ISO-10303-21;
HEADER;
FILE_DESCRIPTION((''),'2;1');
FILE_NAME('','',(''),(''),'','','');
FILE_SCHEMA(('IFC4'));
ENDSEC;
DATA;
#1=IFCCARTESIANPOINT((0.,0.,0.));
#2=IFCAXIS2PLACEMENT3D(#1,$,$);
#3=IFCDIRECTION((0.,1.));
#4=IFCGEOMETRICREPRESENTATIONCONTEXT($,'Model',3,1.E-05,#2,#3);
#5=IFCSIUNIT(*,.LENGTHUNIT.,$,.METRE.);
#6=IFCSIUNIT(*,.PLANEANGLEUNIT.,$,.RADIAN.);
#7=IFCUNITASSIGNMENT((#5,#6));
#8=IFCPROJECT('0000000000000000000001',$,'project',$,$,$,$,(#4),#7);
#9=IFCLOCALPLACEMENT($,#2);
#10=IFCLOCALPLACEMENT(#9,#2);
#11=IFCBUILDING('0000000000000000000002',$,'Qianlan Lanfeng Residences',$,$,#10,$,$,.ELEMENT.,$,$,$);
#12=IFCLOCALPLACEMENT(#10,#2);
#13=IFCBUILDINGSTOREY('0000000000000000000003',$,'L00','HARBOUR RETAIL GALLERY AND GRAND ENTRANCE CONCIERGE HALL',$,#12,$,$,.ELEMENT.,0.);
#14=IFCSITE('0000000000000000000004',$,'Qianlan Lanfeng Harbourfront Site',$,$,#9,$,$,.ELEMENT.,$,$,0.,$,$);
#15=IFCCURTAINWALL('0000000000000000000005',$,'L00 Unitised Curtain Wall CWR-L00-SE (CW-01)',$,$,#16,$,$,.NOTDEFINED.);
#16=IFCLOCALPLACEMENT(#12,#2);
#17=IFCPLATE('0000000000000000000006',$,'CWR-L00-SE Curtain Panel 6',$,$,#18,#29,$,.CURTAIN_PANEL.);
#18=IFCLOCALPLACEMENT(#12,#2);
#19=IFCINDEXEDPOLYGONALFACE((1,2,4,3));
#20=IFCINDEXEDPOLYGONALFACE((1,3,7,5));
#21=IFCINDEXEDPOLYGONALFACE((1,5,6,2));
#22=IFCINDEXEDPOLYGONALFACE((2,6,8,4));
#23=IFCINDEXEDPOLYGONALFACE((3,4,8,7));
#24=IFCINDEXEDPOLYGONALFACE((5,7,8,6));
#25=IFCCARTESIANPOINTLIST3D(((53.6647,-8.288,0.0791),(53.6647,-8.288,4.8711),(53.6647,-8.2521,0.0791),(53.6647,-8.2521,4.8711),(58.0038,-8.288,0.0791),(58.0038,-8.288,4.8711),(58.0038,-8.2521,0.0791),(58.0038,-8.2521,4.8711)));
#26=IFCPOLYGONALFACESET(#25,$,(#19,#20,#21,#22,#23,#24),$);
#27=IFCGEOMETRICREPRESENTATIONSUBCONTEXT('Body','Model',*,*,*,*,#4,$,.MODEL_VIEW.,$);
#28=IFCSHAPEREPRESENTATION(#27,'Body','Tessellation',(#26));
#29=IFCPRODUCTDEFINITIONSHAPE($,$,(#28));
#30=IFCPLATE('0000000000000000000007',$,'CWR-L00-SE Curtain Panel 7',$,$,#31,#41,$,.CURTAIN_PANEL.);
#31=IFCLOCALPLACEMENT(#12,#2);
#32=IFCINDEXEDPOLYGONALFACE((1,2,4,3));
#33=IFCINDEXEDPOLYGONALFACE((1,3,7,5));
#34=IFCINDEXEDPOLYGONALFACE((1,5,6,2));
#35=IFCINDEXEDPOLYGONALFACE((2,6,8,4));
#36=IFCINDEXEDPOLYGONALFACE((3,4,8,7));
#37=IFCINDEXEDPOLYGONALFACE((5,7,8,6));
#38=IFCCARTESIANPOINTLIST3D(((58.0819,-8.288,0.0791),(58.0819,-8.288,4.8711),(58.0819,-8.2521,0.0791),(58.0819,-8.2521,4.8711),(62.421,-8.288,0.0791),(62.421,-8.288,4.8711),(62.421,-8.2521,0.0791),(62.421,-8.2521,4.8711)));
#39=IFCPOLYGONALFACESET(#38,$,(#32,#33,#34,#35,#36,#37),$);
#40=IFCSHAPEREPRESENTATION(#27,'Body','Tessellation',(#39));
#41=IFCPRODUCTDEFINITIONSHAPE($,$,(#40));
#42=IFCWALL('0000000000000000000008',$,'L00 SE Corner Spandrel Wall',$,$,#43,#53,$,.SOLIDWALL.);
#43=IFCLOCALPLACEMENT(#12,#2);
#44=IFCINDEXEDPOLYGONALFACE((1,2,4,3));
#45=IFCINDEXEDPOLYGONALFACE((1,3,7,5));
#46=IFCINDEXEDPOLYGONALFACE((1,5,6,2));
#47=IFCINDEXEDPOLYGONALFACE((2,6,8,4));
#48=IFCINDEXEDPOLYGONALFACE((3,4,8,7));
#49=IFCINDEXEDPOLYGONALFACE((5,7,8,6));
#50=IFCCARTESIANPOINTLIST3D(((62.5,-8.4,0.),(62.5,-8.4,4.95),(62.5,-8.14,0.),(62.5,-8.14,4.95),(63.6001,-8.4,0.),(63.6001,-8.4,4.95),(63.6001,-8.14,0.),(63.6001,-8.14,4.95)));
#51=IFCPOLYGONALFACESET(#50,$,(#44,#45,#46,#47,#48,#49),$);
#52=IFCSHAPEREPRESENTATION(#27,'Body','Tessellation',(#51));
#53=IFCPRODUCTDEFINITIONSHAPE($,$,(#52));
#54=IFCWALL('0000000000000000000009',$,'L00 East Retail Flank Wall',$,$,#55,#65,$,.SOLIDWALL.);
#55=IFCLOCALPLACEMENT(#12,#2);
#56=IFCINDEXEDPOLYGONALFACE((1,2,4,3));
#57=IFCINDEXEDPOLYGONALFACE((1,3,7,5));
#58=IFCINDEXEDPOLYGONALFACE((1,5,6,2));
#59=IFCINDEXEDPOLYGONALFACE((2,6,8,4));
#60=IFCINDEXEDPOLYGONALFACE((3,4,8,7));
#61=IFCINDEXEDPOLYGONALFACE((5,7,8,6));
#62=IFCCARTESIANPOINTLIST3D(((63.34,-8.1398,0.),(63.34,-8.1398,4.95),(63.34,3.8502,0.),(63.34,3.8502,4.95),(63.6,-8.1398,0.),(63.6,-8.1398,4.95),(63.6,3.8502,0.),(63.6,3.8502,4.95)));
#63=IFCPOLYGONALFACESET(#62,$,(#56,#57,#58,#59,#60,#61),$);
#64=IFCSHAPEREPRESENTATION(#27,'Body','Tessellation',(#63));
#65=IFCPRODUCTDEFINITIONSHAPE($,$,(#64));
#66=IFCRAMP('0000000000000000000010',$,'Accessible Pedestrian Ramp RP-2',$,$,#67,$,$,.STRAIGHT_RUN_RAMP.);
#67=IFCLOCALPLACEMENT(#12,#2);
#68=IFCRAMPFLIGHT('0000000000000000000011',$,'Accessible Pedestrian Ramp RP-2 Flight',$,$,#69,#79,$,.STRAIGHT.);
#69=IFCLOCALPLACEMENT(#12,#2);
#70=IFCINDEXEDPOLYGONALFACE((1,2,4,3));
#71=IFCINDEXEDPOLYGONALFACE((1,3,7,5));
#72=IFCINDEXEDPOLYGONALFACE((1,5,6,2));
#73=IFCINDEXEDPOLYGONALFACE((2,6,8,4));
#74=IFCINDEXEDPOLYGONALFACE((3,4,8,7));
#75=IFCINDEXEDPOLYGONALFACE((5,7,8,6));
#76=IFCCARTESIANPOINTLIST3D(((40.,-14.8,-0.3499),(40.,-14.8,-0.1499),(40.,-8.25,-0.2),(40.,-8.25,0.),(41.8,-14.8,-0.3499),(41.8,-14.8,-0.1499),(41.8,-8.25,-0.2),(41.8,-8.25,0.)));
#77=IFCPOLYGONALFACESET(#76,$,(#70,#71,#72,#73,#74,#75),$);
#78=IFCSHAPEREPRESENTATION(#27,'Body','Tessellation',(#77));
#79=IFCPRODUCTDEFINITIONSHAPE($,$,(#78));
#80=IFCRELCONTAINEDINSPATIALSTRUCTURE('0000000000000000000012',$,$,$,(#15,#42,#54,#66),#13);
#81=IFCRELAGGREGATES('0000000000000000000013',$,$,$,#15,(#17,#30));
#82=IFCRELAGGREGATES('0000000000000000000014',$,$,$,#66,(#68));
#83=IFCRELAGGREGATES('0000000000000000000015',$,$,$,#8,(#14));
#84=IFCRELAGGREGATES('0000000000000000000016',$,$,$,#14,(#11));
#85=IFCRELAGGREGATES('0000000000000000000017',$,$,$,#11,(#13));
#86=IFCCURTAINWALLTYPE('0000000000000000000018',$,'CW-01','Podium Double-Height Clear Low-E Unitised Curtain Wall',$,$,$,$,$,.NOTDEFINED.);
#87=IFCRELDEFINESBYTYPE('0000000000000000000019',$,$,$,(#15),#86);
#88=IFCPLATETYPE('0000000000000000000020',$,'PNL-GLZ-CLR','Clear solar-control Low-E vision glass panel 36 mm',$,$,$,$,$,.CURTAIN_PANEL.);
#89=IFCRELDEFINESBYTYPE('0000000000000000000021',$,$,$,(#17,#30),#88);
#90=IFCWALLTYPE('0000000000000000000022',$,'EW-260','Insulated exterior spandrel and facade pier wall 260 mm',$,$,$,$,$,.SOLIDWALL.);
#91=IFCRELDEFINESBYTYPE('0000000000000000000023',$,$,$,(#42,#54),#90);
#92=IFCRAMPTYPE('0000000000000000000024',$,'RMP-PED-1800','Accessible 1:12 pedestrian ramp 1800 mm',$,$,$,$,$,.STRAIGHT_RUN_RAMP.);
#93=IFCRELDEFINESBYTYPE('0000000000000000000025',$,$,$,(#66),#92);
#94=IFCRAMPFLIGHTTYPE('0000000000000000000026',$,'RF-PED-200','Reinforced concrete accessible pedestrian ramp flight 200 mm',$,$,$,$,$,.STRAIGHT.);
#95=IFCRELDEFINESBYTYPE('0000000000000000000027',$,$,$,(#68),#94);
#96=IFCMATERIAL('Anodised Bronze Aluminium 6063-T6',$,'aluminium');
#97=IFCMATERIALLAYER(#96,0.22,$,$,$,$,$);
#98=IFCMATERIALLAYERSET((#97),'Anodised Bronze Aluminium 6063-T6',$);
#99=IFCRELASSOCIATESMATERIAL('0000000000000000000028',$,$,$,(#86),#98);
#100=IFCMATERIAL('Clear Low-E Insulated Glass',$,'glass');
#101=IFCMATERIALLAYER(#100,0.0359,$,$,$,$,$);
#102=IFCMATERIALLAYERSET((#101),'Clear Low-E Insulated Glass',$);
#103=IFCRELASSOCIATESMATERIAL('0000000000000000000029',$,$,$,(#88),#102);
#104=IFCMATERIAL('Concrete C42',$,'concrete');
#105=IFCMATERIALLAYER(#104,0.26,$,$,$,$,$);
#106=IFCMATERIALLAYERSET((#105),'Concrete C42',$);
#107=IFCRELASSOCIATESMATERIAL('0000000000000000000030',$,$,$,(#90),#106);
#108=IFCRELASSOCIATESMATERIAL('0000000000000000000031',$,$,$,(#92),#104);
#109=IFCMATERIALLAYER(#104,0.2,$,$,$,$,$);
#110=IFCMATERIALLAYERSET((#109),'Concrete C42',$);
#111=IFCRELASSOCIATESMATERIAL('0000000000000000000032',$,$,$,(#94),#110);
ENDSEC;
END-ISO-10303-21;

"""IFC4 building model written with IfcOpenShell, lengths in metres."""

from ifc_helpers import new_model, si_unit, direction, frame, frame_2d, origin, origin_2d, place, context, subcontext, project, spatial, polyline, rectangle, outline, extrude, source, transform, mapped, material, layer, layer_set, type_object, element, aggregate, save


model = new_model("IFC4")

# Units and contexts
model_context = context("Model", 3, precision=1e-05, world=origin(), true_north=direction((0.0, 1.0)))
body_context = subcontext(model_context, "Body", "Model", "MODEL_VIEW")
ifc_project = project(units=[si_unit("LENGTHUNIT", "METRE"), si_unit("PLANEANGLEUNIT", "RADIAN")], contexts=[model_context])

# Site, building, storey
site_placement = place(None, origin())
site = spatial("IfcSite", under=ifc_project, at=site_placement, Name="Qianlan Lanfeng Harbourfront Site", CompositionType="ELEMENT", RefElevation=0.0)
building_placement = place(site_placement, origin())
building = spatial("IfcBuilding", under=site, at=building_placement, Name="Qianlan Lanfeng Residences", CompositionType="ELEMENT")
storey_placement = place(building_placement, origin())
storey = spatial("IfcBuildingStorey", under=building, at=storey_placement, Name="L00", Description="HARBOUR RETAIL GALLERY AND GRAND ENTRANCE CONCIERGE HALL", CompositionType="ELEMENT", Elevation=0.0)

# Curtain wall, plates
ifc_material_1 = material(Name="Anodised Bronze Aluminium 6063-T6", Category="aluminium")
ifc_layer_1 = layer(ifc_material_1, 0.22)
ifc_layer_set_1 = layer_set([ifc_layer_1], Name="Anodised Bronze Aluminium 6063-T6")
curtain_wall_type = type_object("IfcCurtainWallType", Name="CW-01", Description="Podium Double-Height Clear Low-E Unitised Curtain Wall", PredefinedType="NOTDEFINED", material=ifc_layer_set_1)
curtain_wall_placement = place(storey_placement, origin())
curtain_wall = element("IfcCurtainWall", 1, at=curtain_wall_placement, inside=storey, type_object=curtain_wall_type, Name="L00 Unitised Curtain Wall CWR-L00-SE (CW-01)", PredefinedType="NOTDEFINED")
ifc_material_2 = material(Name="Clear Low-E Insulated Glass", Category="glass")
ifc_layer_2 = layer(ifc_material_2, 0.0359)
ifc_layer_set_2 = layer_set([ifc_layer_2], Name="Clear Low-E Insulated Glass")
plate_type = type_object("IfcPlateType", Name="PNL-GLZ-CLR", Description="Clear solar-control Low-E vision glass panel 36 mm", PredefinedType="CURTAIN_PANEL", material=ifc_layer_set_2)
shared_shape_1 = source(origin(), body_context, "Body", "SweptSolid", [
    extrude(rectangle(XDim=4.3391, YDim=0.0359, at=origin_2d()), origin(), (0.0, 0.0, 1.0), 4.792),
])
plate_1_placement = place(storey_placement, frame((55.8342, -8.27, 0.0791), z_axis=(0.0, 0.0, 1.0), x_axis=(1.0, 0.0, 0.0)))
plate_1 = element("IfcPlate", 2, at=plate_1_placement, type_object=plate_type, Name="CWR-L00-SE Curtain Panel 6", PredefinedType="CURTAIN_PANEL", context=body_context, shape_type="MappedRepresentation", body=[
    mapped(shared_shape_1, transform((0.0, 0.0, 0.0), scale=1.0)),
])
plate_2_placement = place(storey_placement, frame((60.2515, -8.27, 0.0791), z_axis=(0.0, 0.0, 1.0), x_axis=(1.0, 0.0, 0.0)))
plate_2 = element("IfcPlate", 3, at=plate_2_placement, type_object=plate_type, Name="CWR-L00-SE Curtain Panel 7", PredefinedType="CURTAIN_PANEL", context=body_context, shape_type="MappedRepresentation", body=[
    mapped(shared_shape_1, transform((0.0, 0.0, 0.0), scale=1.0)),
])
aggregate(curtain_wall, [plate_1, plate_2])

# Walls
ifc_material_3 = material(Name="Concrete C42", Category="concrete")
ifc_layer_3 = layer(ifc_material_3, 0.26)
ifc_layer_set_3 = layer_set([ifc_layer_3], Name="Concrete C42")
wall_type = type_object("IfcWallType", Name="EW-260", Description="Insulated exterior spandrel and facade pier wall 260 mm", PredefinedType="SOLIDWALL", material=ifc_layer_set_3)
wall_1_placement = place(storey_placement, frame((62.5, -8.27, 0.0), z_axis=(0.0, 0.0, 1.0), x_axis=(1.0, 0.0, 0.0)))
element("IfcWall", 4, at=wall_1_placement, inside=storey, type_object=wall_type, Name="L00 SE Corner Spandrel Wall", PredefinedType="SOLIDWALL", context=body_context, shape_type="SweptSolid", body=[
    extrude(rectangle(XDim=1.1001, YDim=0.26, at=frame_2d((0.55, 0.0))), origin(), (0.0, 0.0, 1.0), 4.95),
])
wall_2_placement = place(storey_placement, frame((63.47, -8.1399, 0.0), z_axis=(0.0, 0.0, 1.0), x_axis=(0.0, 1.0, 0.0)))
element("IfcWall", 5, at=wall_2_placement, inside=storey, type_object=wall_type, Name="L00 East Retail Flank Wall", PredefinedType="SOLIDWALL", context=body_context, shape_type="SweptSolid", body=[
    extrude(rectangle(XDim=11.99, YDim=0.26, at=frame_2d((5.9951, 0.0))), origin(), (0.0, 0.0, 1.0), 4.95),
])

# Ramp, ramp flight
ramp_type = type_object("IfcRampType", Name="RMP-PED-1800", Description="Accessible 1:12 pedestrian ramp 1800 mm", PredefinedType="STRAIGHT_RUN_RAMP", material=ifc_material_3)
ramp_placement = place(storey_placement, origin())
ramp = element("IfcRamp", 6, at=ramp_placement, inside=storey, type_object=ramp_type, Name="Accessible Pedestrian Ramp RP-2", PredefinedType="STRAIGHT_RUN_RAMP")
ifc_layer_4 = layer(ifc_material_3, 0.2)
ifc_layer_set_4 = layer_set([ifc_layer_4], Name="Concrete C42")
ramp_flight_type = type_object("IfcRampFlightType", Name="RF-PED-200", Description="Reinforced concrete accessible pedestrian ramp flight 200 mm", PredefinedType="STRAIGHT", material=ifc_layer_set_4)
ramp_flight_placement = place(storey_placement, frame((40.8999, -14.8, -0.1499), z_axis=(0.0, 0.0, 1.0), x_axis=(0.0, 1.0, 0.0)))
ramp_flight = element("IfcRampFlight", 7, at=ramp_flight_placement, type_object=ramp_flight_type, Name="Accessible Pedestrian Ramp RP-2 Flight", PredefinedType="STRAIGHT", context=body_context, shape_type="SweptSolid", body=[
    extrude(outline(polyline([(0.0, -0.2), (6.55, -0.05), (6.55, 0.1499), (0.0, 0.0), (0.0, -0.2)])), frame((0.0, 0.8999, 0.0), z_axis=(0.0, -1.0, 0.0), x_axis=(1.0, 0.0, 0.0)), (0.0, 0.0, 1.0), 1.8),
])
aggregate(ramp, [ramp_flight])

save(model, "model.ifc")
